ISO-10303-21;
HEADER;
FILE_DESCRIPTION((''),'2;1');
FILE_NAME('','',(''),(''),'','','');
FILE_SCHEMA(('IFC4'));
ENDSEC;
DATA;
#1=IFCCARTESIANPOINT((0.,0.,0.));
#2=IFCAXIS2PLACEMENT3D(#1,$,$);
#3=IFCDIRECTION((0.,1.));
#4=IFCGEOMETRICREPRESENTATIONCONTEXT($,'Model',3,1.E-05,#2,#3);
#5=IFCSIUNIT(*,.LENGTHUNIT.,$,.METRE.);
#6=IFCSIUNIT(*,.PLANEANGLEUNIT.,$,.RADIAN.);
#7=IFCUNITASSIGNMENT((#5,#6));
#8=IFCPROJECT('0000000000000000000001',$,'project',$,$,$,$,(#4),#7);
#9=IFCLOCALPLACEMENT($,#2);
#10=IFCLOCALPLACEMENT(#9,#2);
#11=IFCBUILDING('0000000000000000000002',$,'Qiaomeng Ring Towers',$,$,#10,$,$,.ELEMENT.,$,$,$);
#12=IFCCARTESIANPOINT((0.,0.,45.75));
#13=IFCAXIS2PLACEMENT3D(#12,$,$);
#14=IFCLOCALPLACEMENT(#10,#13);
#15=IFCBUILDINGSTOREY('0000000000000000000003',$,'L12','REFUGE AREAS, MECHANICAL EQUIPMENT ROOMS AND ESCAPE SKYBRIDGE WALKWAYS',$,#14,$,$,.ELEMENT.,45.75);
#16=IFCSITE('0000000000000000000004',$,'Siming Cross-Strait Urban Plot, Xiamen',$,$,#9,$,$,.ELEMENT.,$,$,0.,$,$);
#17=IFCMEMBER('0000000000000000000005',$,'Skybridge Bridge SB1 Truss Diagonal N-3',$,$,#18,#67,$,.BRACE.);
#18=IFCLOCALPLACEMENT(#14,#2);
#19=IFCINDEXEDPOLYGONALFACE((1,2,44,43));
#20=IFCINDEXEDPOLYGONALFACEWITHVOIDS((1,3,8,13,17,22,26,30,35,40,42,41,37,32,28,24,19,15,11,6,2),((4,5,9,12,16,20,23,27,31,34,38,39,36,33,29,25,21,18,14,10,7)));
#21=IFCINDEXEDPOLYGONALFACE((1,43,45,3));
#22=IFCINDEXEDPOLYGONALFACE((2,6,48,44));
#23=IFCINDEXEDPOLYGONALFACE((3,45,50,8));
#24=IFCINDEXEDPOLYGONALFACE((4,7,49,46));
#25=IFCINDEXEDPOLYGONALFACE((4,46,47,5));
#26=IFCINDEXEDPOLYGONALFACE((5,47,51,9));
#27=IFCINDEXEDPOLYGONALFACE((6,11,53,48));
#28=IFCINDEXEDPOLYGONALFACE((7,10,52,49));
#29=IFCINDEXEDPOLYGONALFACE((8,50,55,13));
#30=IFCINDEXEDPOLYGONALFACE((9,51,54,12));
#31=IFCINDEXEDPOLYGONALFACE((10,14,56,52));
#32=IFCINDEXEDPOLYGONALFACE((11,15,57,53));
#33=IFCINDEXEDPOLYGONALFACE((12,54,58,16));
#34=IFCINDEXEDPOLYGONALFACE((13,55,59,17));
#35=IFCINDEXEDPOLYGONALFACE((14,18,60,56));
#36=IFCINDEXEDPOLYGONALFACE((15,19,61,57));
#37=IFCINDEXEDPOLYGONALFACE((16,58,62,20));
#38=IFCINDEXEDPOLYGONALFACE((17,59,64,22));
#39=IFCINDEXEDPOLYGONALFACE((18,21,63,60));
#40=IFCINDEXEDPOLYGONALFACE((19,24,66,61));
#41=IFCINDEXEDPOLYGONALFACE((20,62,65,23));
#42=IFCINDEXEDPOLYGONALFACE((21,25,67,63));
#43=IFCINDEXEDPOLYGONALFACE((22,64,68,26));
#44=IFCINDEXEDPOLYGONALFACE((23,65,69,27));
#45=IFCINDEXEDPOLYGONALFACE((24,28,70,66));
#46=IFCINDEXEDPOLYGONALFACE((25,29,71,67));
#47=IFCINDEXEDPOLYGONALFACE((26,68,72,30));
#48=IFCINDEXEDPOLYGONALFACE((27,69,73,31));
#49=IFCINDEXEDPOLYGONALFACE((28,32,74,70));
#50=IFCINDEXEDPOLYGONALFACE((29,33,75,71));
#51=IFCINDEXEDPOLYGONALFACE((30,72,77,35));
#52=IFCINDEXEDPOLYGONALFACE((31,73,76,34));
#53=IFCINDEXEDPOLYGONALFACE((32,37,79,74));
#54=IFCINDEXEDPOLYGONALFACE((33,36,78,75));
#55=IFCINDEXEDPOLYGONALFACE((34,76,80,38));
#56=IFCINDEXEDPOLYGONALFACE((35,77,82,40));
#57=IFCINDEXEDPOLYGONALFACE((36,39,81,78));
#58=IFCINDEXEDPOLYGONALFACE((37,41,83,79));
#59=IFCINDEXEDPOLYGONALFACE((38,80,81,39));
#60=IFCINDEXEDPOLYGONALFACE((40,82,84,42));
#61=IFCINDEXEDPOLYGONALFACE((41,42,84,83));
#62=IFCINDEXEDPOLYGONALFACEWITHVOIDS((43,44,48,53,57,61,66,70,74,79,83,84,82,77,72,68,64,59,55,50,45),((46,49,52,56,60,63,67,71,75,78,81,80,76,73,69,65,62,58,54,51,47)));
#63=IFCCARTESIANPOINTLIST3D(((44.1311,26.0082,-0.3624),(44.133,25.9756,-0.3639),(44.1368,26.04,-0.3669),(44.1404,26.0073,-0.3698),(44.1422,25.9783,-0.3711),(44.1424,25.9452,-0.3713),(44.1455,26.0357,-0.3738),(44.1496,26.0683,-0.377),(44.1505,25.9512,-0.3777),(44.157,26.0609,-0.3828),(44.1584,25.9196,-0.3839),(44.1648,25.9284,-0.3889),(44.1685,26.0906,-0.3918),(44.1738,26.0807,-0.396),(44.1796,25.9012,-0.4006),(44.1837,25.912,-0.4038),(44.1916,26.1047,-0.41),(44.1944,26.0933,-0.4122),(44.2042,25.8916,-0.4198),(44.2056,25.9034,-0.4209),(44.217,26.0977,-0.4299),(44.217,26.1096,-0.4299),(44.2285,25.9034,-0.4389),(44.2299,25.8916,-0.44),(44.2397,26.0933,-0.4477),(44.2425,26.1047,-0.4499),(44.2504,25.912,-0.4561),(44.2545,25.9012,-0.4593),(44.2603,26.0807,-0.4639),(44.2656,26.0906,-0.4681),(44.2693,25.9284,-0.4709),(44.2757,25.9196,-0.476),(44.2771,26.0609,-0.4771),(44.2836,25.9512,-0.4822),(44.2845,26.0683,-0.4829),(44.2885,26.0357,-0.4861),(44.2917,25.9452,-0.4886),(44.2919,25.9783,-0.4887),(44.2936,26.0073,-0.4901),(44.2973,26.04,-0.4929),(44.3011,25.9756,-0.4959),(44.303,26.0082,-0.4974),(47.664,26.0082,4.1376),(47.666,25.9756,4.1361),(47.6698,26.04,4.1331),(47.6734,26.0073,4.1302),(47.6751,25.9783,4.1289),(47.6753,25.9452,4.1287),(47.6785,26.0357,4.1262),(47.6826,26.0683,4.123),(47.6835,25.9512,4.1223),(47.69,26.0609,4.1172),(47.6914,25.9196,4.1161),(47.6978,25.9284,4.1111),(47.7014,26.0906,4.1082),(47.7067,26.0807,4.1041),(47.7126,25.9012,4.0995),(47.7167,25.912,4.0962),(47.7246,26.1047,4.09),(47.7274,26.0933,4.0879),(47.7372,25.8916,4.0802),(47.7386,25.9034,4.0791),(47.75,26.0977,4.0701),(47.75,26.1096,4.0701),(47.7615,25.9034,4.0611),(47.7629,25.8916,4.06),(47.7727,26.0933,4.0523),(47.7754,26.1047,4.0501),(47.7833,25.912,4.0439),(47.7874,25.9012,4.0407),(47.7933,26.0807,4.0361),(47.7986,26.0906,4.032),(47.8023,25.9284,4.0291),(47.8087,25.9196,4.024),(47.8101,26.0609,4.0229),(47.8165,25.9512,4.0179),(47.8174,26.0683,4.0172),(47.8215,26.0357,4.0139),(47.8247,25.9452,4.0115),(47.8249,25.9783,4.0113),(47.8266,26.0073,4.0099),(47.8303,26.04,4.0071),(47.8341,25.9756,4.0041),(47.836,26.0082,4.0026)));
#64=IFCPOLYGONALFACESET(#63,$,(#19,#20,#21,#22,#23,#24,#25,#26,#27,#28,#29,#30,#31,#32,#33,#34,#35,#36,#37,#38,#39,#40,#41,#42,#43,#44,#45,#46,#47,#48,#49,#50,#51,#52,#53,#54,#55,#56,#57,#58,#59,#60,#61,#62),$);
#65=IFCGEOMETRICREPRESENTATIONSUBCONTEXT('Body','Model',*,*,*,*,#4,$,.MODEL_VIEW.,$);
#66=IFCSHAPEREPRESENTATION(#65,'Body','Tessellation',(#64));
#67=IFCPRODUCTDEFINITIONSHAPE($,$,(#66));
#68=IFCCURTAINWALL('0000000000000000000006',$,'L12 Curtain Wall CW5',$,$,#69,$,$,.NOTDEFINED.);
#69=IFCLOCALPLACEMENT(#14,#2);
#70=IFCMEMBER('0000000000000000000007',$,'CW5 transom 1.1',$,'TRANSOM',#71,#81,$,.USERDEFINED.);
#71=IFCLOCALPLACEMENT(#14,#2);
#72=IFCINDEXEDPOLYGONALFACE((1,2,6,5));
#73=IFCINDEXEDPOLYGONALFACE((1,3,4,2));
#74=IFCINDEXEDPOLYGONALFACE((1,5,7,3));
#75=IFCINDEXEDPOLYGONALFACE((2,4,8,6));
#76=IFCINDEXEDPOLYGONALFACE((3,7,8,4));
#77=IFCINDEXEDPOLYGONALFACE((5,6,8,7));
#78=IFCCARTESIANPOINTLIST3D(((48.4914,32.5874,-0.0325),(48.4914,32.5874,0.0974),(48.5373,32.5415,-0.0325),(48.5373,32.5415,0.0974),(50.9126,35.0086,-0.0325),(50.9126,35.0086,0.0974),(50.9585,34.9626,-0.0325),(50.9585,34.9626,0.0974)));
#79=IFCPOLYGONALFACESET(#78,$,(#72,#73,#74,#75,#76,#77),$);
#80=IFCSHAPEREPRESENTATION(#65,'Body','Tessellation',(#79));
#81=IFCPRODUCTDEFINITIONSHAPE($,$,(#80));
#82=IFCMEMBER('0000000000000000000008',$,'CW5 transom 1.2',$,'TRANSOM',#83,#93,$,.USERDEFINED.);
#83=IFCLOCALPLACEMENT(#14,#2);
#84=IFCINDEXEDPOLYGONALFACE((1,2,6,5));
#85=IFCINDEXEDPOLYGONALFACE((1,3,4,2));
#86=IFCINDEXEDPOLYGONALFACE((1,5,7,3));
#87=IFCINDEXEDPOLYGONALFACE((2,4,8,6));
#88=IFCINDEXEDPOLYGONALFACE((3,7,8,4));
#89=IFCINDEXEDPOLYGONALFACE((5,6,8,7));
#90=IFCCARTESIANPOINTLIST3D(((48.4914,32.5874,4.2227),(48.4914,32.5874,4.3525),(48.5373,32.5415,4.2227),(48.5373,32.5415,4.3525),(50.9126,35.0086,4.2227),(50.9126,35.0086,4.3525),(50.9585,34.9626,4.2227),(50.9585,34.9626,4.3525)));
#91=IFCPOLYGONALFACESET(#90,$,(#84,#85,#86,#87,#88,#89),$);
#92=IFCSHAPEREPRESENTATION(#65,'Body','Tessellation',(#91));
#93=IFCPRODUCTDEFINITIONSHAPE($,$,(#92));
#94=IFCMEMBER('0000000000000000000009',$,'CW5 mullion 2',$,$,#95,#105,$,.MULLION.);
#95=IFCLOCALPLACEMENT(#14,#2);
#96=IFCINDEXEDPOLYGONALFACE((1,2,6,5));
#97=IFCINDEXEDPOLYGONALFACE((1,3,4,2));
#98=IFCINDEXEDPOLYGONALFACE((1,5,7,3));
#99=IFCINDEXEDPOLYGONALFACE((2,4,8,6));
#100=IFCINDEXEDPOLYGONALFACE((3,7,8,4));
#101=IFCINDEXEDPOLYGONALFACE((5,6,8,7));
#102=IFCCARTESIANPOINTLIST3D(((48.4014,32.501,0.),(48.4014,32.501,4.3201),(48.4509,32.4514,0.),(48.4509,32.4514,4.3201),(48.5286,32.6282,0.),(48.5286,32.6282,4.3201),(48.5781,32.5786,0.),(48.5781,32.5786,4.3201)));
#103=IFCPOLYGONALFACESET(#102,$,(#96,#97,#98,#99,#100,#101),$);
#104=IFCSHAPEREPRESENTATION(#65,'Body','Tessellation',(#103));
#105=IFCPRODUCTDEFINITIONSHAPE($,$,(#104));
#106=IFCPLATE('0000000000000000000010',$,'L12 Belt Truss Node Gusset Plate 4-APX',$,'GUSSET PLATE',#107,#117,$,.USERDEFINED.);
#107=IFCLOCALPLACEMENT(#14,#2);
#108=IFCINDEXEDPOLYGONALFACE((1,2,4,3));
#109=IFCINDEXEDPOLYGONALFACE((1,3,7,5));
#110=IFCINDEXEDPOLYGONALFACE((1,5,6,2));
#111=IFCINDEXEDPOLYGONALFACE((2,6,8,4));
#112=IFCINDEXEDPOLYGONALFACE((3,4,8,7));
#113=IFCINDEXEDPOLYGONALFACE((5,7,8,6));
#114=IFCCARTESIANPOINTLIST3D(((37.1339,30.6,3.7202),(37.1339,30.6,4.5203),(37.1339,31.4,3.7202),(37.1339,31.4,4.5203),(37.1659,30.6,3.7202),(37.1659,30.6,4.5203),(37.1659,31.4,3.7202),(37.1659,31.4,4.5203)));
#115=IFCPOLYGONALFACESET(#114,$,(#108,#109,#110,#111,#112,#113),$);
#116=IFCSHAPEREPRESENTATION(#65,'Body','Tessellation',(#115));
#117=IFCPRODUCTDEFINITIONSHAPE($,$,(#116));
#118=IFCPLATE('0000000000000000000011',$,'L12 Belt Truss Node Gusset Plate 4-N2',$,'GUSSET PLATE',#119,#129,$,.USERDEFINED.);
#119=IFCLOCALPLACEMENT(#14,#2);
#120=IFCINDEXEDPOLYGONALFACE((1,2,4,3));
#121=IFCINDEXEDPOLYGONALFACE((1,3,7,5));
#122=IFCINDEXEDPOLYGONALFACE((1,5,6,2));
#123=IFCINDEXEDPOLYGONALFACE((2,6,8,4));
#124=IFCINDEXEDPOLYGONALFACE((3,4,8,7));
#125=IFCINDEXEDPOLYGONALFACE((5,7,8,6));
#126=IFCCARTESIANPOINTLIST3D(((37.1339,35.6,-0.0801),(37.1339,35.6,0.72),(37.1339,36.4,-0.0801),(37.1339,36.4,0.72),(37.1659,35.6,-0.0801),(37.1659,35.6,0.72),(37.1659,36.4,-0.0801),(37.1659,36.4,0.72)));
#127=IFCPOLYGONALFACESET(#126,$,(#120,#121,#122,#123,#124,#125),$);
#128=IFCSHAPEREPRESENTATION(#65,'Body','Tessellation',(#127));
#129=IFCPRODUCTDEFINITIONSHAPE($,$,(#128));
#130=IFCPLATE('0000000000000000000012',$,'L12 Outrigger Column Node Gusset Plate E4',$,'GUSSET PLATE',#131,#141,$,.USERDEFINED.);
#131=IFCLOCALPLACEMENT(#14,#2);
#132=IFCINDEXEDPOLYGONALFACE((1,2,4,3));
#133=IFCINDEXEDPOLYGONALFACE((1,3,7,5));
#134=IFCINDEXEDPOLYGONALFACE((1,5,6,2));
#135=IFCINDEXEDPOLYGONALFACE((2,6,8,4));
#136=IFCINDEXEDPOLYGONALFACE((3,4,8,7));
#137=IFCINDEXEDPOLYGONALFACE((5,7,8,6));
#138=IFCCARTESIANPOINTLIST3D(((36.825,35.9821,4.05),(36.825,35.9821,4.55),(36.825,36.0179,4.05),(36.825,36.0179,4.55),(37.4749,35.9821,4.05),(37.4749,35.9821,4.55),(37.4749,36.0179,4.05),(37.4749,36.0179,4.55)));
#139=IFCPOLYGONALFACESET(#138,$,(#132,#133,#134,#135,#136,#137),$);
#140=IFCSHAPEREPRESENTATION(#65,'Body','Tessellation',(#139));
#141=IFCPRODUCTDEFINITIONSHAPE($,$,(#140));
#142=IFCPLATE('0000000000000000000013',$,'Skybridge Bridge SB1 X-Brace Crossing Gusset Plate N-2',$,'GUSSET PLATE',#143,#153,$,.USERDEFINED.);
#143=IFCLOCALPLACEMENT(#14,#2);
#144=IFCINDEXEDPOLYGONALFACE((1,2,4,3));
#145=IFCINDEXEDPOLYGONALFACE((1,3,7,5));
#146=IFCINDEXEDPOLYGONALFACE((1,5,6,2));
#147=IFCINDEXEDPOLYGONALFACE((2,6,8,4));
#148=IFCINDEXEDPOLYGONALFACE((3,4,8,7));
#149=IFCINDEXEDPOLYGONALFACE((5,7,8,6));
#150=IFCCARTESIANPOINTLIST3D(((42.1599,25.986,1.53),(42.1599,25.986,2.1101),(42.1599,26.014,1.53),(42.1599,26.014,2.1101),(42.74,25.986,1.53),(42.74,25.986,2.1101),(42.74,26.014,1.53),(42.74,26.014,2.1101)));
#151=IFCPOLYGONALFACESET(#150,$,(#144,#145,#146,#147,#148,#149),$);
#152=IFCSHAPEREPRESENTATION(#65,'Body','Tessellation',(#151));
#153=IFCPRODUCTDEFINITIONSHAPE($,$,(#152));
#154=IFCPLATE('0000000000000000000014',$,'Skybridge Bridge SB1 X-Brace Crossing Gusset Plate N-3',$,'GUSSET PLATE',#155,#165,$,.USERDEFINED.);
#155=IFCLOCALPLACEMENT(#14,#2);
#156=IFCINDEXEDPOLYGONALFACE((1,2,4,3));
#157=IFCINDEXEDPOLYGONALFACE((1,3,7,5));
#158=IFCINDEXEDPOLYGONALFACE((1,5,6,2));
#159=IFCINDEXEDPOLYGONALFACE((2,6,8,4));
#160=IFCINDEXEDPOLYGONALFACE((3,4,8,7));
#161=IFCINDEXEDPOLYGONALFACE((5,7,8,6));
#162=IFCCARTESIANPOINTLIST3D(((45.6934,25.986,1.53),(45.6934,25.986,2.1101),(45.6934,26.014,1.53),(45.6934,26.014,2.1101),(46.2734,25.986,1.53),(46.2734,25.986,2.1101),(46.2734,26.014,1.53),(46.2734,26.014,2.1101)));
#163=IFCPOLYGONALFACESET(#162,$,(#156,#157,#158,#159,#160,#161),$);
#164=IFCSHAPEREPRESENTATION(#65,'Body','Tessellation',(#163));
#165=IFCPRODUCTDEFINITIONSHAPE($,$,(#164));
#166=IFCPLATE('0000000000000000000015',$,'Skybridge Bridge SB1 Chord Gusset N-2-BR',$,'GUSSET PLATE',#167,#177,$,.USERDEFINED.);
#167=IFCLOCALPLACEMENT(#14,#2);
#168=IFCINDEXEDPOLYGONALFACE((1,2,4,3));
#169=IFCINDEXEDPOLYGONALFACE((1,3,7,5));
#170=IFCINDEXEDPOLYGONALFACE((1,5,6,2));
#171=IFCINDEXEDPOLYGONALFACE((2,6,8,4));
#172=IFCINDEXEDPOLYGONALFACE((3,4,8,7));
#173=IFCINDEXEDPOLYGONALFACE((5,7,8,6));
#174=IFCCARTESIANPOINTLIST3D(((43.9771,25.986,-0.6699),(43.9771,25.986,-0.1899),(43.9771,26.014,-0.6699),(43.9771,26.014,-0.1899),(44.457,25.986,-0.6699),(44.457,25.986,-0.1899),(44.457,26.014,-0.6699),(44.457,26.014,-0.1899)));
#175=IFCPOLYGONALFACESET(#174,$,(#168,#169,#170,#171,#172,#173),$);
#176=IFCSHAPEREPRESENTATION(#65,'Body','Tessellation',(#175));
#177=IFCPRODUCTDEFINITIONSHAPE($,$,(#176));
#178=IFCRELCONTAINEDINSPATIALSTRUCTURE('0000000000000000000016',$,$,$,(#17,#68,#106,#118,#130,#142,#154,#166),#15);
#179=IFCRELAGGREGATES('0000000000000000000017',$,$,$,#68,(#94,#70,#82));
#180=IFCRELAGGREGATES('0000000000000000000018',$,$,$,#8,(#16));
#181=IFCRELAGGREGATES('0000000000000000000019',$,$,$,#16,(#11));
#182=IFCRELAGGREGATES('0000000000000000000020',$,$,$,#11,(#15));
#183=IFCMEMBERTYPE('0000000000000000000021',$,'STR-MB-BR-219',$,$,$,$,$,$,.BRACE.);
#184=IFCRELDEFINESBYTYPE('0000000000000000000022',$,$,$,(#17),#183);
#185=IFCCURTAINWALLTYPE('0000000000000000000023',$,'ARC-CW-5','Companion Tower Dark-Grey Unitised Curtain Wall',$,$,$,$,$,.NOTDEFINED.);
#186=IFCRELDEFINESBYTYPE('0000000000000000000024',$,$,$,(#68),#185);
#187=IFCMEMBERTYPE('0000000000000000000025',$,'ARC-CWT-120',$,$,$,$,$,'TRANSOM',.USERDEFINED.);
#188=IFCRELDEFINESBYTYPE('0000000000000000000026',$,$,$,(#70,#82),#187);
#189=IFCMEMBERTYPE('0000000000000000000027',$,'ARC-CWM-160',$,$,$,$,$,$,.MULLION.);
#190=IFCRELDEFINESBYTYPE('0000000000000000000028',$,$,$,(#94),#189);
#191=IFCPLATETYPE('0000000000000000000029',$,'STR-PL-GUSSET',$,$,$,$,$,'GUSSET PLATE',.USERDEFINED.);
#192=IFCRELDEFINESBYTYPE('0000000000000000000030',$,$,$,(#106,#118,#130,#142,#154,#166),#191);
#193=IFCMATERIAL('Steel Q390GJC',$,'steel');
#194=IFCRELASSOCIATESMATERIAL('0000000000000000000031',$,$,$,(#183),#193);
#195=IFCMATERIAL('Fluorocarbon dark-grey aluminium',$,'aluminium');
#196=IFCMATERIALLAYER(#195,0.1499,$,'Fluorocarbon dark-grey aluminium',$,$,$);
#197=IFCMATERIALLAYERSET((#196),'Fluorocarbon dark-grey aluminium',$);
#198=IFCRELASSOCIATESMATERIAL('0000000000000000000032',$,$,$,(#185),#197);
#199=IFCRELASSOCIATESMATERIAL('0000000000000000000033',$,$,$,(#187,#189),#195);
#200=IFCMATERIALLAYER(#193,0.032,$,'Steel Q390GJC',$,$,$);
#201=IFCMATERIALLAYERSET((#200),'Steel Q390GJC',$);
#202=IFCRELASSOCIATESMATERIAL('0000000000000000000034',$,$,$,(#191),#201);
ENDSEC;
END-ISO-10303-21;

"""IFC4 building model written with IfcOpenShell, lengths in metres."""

from ifc_helpers import new_model, si_unit, direction, frame, origin, origin_2d, place, context, subcontext, project, spatial, rectangle, hollow_circle, extrude, source, transform, mapped, material, layer, layer_set, material_profile, profile_set, type_object, element, aggregate, save


model = new_model("IFC4")

# Units and contexts
model_context = context("Model", 3, precision=1e-05, world=origin(), true_north=direction((0.0, 1.0)))
body_context = subcontext(model_context, "Body", "Model", "MODEL_VIEW")
ifc_project = project(units=[si_unit("LENGTHUNIT", "METRE"), si_unit("PLANEANGLEUNIT", "RADIAN")], contexts=[model_context])

# Site, building, storey
site_placement = place(None, origin())
site = spatial("IfcSite", under=ifc_project, at=site_placement, Name="Siming Cross-Strait Urban Plot, Xiamen", CompositionType="ELEMENT", RefElevation=0.0)
building_placement = place(site_placement, origin())
building = spatial("IfcBuilding", under=site, at=building_placement, Name="Qiaomeng Ring Towers", CompositionType="ELEMENT")
storey_placement = place(building_placement, frame((0.0, 0.0, 45.75)))
storey = spatial("IfcBuildingStorey", under=building, at=storey_placement, Name="L12", Description="REFUGE AREAS, MECHANICAL EQUIPMENT ROOMS AND ESCAPE SKYBRIDGE WALKWAYS", CompositionType="ELEMENT", Elevation=45.75)

# Shared definitions
ifc_material_1 = material(Name="Steel Q390GJC", Category="steel")

# Member
ifc_material_profile_1 = material_profile(ifc_material_1, hollow_circle(Radius=0.1096, WallThickness=0.012, at=origin_2d()), Name="CHS 219x12")
ifc_profile_set_1 = profile_set([ifc_material_profile_1], Name="Steel Q390GJC")
member_type_1 = type_object("IfcMemberType", Name="STR-MB-BR-219", PredefinedType="BRACE", material=ifc_profile_set_1)
shared_shape_1 = source(origin(), body_context, "Body", "SweptSolid", [
    extrude(hollow_circle(Radius=0.1096, WallThickness=0.012, at=origin_2d()), origin(), (0.0, 0.0, 1.0), 5.7212),
])
member_1_placement = place(storey_placement, frame((44.217, 26.0, -0.4299), z_axis=(0.617524, 0.0, 0.786552), x_axis=(0.0, 1.0, 0.0)))
element("IfcMember", 1, at=member_1_placement, inside=storey, type_object=member_type_1, Name="Skybridge Bridge SB1 Truss Diagonal N-3", PredefinedType="BRACE", context=body_context, shape_type="MappedRepresentation", body=[
    mapped(shared_shape_1, transform((0.0, 0.0, 0.0), x_axis=(1.0, 0.0, 0.0), y_axis=(0.0, 1.0, 0.0), z_axis=(0.0, 0.0, 1.0), scale=1.0)),
])

# Curtain wall, members
ifc_material_2 = material(Name="Fluorocarbon dark-grey aluminium", Category="aluminium")
ifc_layer_1 = layer(ifc_material_2, 0.1499, Name="Fluorocarbon dark-grey aluminium")
ifc_layer_set_1 = layer_set([ifc_layer_1], Name="Fluorocarbon dark-grey aluminium")
curtain_wall_type = type_object("IfcCurtainWallType", Name="ARC-CW-5", Description="Companion Tower Dark-Grey Unitised Curtain Wall", PredefinedType="NOTDEFINED", material=ifc_layer_set_1)
curtain_wall_placement = place(storey_placement, origin())
curtain_wall = element("IfcCurtainWall", 2, at=curtain_wall_placement, inside=storey, type_object=curtain_wall_type, Name="L12 Curtain Wall CW5", PredefinedType="NOTDEFINED")
ifc_material_profile_2 = material_profile(ifc_material_2, rectangle(XDim=0.0649, YDim=0.1299, at=origin_2d()), Name="ALU TRAN 65x130")
ifc_profile_set_2 = profile_set([ifc_material_profile_2], Name="Fluorocarbon dark-grey aluminium")
member_type_2 = type_object("IfcMemberType", Name="ARC-CWT-120", ElementType="TRANSOM", PredefinedType="USERDEFINED", material=ifc_profile_set_2)
shared_shape_2 = source(origin(), body_context, "Body", "SweptSolid", [
    extrude(rectangle(XDim=0.0649, YDim=0.1299, at=origin_2d()), origin(), (0.0, 0.0, 1.0), 3.4241),
])
member_2_placement = place(storey_placement, frame((50.9355, 34.9856, 0.0325), z_axis=(-0.707107, -0.707107, 0.0), x_axis=(0.707107, -0.707107, 0.0)))
member_2 = element("IfcMember", 3, at=member_2_placement, type_object=member_type_2, Name="CW5 transom 1.1", ObjectType="TRANSOM", PredefinedType="USERDEFINED", context=body_context, shape_type="MappedRepresentation", body=[
    mapped(shared_shape_2, transform((0.0, 0.0, 0.0), x_axis=(1.0, 0.0, 0.0), y_axis=(0.0, 1.0, 0.0), z_axis=(0.0, 0.0, 1.0), scale=1.0)),
])
member_3_placement = place(storey_placement, frame((50.9355, 34.9856, 4.2876), z_axis=(-0.707107, -0.707107, 0.0), x_axis=(0.707107, -0.707107, 0.0)))
member_3 = element("IfcMember", 4, at=member_3_placement, type_object=member_type_2, Name="CW5 transom 1.2", ObjectType="TRANSOM", PredefinedType="USERDEFINED", context=body_context, shape_type="MappedRepresentation", body=[
    mapped(shared_shape_2, transform((0.0, 0.0, 0.0), x_axis=(1.0, 0.0, 0.0), y_axis=(0.0, 1.0, 0.0), z_axis=(0.0, 0.0, 1.0), scale=1.0)),
])
ifc_material_profile_3 = material_profile(ifc_material_2, rectangle(XDim=0.0701, YDim=0.1799, at=origin_2d()), Name="ALU MULL 70x180")
ifc_profile_set_3 = profile_set([ifc_material_profile_3], Name="Fluorocarbon dark-grey aluminium")
member_type_3 = type_object("IfcMemberType", Name="ARC-CWM-160", PredefinedType="MULLION", material=ifc_profile_set_3)
shared_shape_3 = source(origin(), body_context, "Body", "SweptSolid", [
    extrude(rectangle(XDim=0.0701, YDim=0.1799, at=origin_2d()), origin(), (0.0, 0.0, 1.0), 4.3201),
])
member_4_placement = place(storey_placement, frame((48.4897, 32.5398, 0.0), z_axis=(0.0, 0.0, 1.0), x_axis=(0.707107, -0.707107, 0.0)))
member_4 = element("IfcMember", 5, at=member_4_placement, type_object=member_type_3, Name="CW5 mullion 2", PredefinedType="MULLION", context=body_context, shape_type="MappedRepresentation", body=[
    mapped(shared_shape_3, transform((0.0, 0.0, 0.0), x_axis=(1.0, 0.0, 0.0), y_axis=(0.0, 1.0, 0.0), z_axis=(0.0, 0.0, 1.0), scale=1.0)),
])

# Plates
ifc_layer_2 = layer(ifc_material_1, 0.032, Name="Steel Q390GJC")
ifc_layer_set_2 = layer_set([ifc_layer_2], Name="Steel Q390GJC")
plate_type_1 = type_object("IfcPlateType", Name="STR-PL-GUSSET", ElementType="GUSSET PLATE", PredefinedType="USERDEFINED", material=ifc_layer_set_2)
shared_shape_4 = source(origin(), body_context, "Body", "SweptSolid", [
    extrude(rectangle(XDim=0.8, YDim=0.032, at=origin_2d()), origin(), (0.0, 0.0, 1.0), 0.8),
])
for number, where, z_axis, x_axis, name in (
    (6, (37.1499, 31.0, 3.7202), (0.0, 0.0, 1.0), (0.0, 1.0, 0.0), "L12 Belt Truss Node Gusset Plate 4-APX"),
    (7, (37.1499, 36.0, -0.0801), (0.0, 0.0, 1.0), (0.0, 1.0, 0.0), "L12 Belt Truss Node Gusset Plate 4-N2"),
):
    element("IfcPlate", number, at=place(storey_placement, frame(where, z_axis=z_axis, x_axis=x_axis)), inside=storey, type_object=plate_type_1, Name=name, ObjectType="GUSSET PLATE", PredefinedType="USERDEFINED", context=body_context, shape_type="MappedRepresentation", body=[
        mapped(shared_shape_4, transform((0.0, 0.0, 0.0), x_axis=(1.0, 0.0, 0.0), y_axis=(0.0, 1.0, 0.0), z_axis=(0.0, 0.0, 1.0), scale=1.0)),
    ])
shared_shape_5 = source(origin(), body_context, "Body", "SweptSolid", [
    extrude(rectangle(XDim=0.6499, YDim=0.0359, at=origin_2d()), origin(), (0.0, 0.0, 1.0), 0.5),
])
plate_1_placement = place(storey_placement, frame((37.1499, 36.0, 4.05), z_axis=(0.0, 0.0, 1.0), x_axis=(1.0, 0.0, 0.0)))
element("IfcPlate", 8, at=plate_1_placement, inside=storey, type_object=plate_type_1, Name="L12 Outrigger Column Node Gusset Plate E4", ObjectType="GUSSET PLATE", PredefinedType="USERDEFINED", context=body_context, shape_type="MappedRepresentation", body=[
    mapped(shared_shape_5, transform((0.0, 0.0, 0.0), x_axis=(1.0, 0.0, 0.0), y_axis=(0.0, 1.0, 0.0), z_axis=(0.0, 0.0, 1.0), scale=1.0)),
])
shared_shape_6 = source(origin(), body_context, "Body", "SweptSolid", [
    extrude(rectangle(XDim=0.5801, YDim=0.0281, at=origin_2d()), origin(), (0.0, 0.0, 1.0), 0.5801),
])
for number, where, z_axis, x_axis, name in (
    (9, (42.45, 26.0, 1.53), (0.0, 0.0, 1.0), (1.0, 0.0, 0.0), "Skybridge Bridge SB1 X-Brace Crossing Gusset Plate N-2"),
    (10, (45.9834, 26.0, 1.53), (0.0, 0.0, 1.0), (1.0, 0.0, 0.0), "Skybridge Bridge SB1 X-Brace Crossing Gusset Plate N-3"),
):
    element("IfcPlate", number, at=place(storey_placement, frame(where, z_axis=z_axis, x_axis=x_axis)), inside=storey, type_object=plate_type_1, Name=name, ObjectType="GUSSET PLATE", PredefinedType="USERDEFINED", context=body_context, shape_type="MappedRepresentation", body=[
        mapped(shared_shape_6, transform((0.0, 0.0, 0.0), x_axis=(1.0, 0.0, 0.0), y_axis=(0.0, 1.0, 0.0), z_axis=(0.0, 0.0, 1.0), scale=1.0)),
    ])
shared_shape_7 = source(origin(), body_context, "Body", "SweptSolid", [
    extrude(rectangle(XDim=0.48, YDim=0.0281, at=origin_2d()), origin(), (0.0, 0.0, 1.0), 0.48),
])
for number, where, z_axis, x_axis, name in (
    (11, (44.217, 26.0, -0.6699), (0.0, 0.0, 1.0), (1.0, 0.0, 0.0), "Skybridge Bridge SB1 Chord Gusset N-2-BR"),
):
    element("IfcPlate", number, at=place(storey_placement, frame(where, z_axis=z_axis, x_axis=x_axis)), inside=storey, type_object=plate_type_1, Name=name, ObjectType="GUSSET PLATE", PredefinedType="USERDEFINED", context=body_context, shape_type="MappedRepresentation", body=[
        mapped(shared_shape_7, transform((0.0, 0.0, 0.0), x_axis=(1.0, 0.0, 0.0), y_axis=(0.0, 1.0, 0.0), z_axis=(0.0, 0.0, 1.0), scale=1.0)),
    ])

aggregate(curtain_wall, [member_4, member_2, member_3])

save(model, "model.ifc")
